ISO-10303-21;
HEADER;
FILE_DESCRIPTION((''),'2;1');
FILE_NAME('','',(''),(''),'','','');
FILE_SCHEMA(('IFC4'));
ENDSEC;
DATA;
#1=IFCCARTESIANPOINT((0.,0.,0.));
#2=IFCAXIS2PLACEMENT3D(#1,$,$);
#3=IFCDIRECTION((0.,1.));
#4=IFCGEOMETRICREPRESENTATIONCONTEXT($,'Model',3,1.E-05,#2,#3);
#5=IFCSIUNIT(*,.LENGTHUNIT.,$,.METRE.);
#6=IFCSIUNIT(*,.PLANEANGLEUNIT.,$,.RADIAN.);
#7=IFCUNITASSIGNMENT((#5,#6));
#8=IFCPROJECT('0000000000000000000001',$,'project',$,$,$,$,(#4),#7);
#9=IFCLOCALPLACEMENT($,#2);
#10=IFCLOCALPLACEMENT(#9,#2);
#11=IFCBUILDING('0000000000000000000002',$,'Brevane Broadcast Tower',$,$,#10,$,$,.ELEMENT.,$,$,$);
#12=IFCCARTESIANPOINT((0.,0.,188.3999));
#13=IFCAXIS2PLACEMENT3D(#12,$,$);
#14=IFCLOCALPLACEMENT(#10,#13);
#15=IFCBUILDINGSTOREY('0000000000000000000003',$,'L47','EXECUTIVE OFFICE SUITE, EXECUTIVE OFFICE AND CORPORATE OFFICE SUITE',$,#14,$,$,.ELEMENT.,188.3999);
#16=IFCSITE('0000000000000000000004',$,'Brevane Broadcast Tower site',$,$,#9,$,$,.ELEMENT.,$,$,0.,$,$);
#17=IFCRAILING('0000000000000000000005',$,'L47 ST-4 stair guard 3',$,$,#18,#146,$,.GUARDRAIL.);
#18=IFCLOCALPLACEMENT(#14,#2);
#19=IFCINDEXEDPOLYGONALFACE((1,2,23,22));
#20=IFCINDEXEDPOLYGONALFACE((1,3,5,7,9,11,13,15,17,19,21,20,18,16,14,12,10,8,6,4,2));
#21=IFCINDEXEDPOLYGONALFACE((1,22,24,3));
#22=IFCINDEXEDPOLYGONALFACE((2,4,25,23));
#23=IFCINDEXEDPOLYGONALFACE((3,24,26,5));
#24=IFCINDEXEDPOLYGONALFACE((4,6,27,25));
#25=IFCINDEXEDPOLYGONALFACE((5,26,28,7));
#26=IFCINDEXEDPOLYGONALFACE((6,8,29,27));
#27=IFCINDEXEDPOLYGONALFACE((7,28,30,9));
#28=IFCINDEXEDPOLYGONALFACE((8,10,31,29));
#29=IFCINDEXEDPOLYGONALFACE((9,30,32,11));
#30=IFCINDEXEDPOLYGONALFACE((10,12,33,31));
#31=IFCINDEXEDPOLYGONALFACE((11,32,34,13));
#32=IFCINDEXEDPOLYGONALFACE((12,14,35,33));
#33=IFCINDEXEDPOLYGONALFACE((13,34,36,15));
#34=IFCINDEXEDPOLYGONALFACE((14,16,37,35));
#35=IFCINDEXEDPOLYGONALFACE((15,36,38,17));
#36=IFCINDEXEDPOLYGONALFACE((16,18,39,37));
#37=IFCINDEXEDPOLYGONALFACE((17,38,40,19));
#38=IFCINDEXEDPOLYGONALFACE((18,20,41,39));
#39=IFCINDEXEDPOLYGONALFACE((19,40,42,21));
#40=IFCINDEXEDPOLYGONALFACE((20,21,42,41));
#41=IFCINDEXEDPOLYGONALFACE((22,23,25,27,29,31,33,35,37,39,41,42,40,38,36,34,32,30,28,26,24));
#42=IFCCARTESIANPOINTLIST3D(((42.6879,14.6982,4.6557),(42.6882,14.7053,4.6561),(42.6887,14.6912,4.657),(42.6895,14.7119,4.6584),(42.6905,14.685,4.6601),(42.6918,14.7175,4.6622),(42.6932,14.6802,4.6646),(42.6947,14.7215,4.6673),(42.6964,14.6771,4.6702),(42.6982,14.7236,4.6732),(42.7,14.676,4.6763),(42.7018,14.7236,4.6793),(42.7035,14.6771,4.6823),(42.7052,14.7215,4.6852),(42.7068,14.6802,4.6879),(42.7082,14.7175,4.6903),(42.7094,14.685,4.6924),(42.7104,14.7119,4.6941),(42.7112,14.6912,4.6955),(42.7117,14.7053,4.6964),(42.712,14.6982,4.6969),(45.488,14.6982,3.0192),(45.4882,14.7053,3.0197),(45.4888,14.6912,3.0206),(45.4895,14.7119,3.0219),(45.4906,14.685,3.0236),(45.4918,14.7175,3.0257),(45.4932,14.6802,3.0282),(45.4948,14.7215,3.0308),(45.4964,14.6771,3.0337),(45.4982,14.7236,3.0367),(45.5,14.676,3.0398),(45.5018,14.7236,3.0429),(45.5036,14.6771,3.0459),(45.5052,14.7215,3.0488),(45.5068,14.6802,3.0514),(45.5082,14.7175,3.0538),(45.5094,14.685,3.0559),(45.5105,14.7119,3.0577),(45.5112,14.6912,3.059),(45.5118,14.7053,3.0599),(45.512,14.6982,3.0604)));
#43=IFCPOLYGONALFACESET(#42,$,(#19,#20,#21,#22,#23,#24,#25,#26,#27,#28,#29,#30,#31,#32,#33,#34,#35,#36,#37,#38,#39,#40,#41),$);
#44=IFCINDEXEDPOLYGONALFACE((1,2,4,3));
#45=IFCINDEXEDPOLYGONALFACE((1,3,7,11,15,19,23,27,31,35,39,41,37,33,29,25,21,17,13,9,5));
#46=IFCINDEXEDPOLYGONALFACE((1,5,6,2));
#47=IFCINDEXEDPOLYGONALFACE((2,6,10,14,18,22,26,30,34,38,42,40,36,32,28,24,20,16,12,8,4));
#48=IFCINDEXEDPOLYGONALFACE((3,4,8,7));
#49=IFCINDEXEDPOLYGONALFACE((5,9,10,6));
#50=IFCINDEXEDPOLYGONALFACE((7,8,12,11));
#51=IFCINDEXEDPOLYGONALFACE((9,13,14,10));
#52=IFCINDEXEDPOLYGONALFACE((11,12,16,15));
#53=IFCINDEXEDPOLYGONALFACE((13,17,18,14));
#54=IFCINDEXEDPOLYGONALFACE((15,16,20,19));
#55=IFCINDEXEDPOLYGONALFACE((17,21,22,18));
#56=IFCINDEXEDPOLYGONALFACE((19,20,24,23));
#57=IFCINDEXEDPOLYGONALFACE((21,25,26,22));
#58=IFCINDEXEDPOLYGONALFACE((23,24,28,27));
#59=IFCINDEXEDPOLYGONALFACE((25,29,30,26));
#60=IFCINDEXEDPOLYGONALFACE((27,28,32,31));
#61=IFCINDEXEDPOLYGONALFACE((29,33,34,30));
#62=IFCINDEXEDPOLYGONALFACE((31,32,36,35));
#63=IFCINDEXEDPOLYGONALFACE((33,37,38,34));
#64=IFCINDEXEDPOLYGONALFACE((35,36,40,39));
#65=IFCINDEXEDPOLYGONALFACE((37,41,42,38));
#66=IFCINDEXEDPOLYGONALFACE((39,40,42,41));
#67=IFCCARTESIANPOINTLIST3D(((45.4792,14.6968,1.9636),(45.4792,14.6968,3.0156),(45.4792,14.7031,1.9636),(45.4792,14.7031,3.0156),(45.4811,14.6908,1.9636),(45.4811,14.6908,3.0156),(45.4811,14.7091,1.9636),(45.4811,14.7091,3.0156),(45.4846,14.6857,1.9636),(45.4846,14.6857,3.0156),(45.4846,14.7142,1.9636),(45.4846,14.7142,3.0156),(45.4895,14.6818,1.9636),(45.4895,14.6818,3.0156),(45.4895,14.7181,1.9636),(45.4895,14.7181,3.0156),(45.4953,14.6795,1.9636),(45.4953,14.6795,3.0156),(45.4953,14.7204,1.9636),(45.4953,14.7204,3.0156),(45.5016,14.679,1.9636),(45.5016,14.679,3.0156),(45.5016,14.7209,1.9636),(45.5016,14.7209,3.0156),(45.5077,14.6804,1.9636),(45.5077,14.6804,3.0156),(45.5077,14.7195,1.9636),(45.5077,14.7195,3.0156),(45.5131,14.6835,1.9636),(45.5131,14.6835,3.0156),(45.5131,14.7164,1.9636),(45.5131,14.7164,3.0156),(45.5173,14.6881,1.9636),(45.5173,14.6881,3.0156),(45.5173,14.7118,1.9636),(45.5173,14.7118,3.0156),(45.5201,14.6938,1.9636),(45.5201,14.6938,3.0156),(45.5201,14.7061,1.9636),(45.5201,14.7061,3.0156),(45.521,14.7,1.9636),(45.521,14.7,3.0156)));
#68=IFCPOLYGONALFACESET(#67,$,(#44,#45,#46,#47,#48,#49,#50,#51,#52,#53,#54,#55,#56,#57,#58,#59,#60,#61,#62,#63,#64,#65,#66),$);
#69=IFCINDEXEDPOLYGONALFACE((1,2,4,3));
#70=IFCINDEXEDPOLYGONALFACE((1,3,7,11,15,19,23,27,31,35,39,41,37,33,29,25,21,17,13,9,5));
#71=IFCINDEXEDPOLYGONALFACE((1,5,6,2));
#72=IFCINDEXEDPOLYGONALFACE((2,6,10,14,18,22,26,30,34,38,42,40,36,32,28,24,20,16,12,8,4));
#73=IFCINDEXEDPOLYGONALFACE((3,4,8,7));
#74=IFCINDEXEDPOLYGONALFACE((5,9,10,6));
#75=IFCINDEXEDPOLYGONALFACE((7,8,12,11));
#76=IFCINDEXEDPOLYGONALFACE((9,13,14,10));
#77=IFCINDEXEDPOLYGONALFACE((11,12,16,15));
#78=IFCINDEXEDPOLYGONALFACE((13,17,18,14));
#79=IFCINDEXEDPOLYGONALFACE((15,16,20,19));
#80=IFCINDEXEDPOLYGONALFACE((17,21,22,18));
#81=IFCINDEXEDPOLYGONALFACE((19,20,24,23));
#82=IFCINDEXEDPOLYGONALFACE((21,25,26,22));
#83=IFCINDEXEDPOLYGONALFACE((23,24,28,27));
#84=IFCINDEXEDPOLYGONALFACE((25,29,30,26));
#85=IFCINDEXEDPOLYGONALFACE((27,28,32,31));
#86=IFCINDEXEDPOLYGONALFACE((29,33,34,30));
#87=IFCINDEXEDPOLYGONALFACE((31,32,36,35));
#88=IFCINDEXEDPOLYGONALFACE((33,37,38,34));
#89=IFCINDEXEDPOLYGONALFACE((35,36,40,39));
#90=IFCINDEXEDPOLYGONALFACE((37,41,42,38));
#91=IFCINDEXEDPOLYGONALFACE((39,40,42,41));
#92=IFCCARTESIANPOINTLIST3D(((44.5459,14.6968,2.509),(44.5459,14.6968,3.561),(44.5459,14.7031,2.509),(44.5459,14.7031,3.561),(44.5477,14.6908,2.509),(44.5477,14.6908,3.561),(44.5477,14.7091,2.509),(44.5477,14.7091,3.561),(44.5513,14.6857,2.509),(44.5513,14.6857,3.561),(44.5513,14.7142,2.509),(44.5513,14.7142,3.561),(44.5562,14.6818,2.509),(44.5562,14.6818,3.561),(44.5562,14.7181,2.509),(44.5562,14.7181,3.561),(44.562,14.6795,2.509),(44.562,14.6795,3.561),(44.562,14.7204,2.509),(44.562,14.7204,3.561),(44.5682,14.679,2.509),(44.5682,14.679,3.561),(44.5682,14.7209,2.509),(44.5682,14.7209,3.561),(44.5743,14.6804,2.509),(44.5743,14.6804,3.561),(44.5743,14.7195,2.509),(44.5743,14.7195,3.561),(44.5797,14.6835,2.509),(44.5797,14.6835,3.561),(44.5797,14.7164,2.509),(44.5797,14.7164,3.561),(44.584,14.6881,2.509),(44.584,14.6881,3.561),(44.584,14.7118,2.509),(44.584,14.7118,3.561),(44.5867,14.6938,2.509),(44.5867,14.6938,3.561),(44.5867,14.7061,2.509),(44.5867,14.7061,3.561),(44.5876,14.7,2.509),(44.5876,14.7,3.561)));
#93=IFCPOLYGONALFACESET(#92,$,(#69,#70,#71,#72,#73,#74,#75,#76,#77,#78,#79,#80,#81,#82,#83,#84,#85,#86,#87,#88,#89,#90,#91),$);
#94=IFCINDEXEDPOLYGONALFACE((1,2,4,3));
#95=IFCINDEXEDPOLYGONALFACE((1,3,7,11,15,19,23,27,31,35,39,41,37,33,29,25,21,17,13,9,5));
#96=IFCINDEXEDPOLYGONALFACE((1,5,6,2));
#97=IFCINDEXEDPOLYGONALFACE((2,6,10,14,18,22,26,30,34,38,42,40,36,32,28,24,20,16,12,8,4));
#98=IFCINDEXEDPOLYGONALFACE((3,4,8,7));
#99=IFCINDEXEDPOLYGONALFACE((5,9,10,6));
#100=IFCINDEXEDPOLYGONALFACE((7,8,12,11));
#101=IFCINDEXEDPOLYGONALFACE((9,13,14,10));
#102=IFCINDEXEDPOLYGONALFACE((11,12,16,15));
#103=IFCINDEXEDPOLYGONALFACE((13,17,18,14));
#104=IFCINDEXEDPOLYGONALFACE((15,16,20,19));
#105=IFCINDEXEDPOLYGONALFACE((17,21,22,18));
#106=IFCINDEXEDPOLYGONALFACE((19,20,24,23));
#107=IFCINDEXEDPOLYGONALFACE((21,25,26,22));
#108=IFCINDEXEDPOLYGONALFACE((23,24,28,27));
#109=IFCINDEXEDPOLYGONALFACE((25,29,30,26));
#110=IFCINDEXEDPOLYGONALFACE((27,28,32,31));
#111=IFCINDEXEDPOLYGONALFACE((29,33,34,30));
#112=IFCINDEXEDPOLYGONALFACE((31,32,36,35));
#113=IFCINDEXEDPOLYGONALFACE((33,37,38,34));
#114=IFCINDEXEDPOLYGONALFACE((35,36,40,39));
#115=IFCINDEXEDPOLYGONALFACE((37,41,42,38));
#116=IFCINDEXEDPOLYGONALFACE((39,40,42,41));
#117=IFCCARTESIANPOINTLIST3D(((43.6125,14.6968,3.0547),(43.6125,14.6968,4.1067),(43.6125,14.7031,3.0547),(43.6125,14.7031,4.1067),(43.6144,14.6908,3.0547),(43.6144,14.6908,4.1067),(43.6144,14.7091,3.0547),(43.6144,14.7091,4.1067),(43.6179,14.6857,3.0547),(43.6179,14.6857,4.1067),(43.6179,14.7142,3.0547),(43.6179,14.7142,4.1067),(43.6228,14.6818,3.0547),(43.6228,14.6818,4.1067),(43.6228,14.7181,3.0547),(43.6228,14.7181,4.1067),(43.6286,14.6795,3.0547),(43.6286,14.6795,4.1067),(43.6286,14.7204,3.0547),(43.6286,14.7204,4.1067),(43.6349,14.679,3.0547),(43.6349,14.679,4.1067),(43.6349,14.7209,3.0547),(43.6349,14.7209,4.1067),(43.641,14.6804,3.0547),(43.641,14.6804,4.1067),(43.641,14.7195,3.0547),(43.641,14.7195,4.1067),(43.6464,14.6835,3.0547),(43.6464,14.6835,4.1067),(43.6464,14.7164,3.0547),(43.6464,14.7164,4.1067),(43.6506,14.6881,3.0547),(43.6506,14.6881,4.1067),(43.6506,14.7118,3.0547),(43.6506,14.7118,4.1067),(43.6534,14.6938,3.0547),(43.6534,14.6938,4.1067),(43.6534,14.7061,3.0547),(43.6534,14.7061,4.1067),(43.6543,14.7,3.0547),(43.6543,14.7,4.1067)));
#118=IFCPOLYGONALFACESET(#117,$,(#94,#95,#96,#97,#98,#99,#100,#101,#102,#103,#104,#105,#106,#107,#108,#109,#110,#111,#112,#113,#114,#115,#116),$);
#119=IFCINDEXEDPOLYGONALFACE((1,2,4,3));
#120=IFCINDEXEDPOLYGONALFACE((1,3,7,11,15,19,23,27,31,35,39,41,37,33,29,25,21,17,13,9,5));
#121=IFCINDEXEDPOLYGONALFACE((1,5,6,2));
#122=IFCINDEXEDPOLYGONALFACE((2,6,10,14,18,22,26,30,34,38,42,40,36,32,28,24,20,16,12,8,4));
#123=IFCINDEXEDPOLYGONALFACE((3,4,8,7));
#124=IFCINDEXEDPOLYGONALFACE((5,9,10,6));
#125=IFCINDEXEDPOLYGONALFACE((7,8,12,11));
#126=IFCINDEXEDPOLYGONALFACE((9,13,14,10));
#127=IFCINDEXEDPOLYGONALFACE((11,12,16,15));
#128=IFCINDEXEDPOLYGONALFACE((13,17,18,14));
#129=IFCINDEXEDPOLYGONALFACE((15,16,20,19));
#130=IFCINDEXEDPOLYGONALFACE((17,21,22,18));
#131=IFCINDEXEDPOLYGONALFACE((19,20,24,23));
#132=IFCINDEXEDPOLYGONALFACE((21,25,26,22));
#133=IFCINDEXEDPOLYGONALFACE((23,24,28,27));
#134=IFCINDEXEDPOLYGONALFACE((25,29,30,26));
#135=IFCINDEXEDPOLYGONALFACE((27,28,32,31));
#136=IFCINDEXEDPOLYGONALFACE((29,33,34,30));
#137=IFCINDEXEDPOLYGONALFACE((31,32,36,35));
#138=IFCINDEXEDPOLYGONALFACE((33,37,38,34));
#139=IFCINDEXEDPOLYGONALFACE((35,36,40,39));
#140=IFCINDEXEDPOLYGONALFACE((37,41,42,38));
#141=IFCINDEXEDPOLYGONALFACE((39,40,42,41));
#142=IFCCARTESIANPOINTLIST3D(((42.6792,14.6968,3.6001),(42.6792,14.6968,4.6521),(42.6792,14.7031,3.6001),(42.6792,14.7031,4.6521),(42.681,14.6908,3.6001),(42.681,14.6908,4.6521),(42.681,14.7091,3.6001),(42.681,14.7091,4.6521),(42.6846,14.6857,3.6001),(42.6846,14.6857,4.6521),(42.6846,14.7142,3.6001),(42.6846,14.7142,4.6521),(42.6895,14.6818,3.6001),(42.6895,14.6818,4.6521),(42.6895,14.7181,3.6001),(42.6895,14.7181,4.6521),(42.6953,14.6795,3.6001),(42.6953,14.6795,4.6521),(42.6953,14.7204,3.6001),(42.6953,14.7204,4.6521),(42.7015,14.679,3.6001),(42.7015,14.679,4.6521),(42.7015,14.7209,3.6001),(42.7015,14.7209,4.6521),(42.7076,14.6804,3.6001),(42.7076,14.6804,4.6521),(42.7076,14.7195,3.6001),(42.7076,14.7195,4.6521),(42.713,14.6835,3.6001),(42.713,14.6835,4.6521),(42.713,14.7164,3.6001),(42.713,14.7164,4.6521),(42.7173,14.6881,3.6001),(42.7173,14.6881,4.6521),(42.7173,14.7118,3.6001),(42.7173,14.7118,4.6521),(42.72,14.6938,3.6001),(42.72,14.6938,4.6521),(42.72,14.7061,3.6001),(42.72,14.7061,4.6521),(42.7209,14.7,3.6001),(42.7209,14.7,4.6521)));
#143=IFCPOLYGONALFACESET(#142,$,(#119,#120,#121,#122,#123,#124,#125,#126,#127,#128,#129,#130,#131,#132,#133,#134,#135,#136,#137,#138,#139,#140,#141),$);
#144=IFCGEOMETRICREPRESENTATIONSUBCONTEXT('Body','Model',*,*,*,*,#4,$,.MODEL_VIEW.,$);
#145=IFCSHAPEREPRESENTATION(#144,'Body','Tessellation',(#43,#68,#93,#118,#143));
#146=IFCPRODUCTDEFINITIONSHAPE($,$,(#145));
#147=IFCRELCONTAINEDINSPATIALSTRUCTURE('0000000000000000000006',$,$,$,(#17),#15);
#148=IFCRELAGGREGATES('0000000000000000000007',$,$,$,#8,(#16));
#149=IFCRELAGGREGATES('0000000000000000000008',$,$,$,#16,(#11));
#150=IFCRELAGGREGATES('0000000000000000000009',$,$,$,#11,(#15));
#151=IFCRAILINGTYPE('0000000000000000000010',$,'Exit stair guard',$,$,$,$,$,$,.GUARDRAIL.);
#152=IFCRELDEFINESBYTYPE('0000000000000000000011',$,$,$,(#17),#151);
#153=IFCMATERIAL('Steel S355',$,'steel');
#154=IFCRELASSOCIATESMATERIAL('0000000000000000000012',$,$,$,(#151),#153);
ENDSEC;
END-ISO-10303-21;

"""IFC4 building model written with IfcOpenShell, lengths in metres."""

from ifc_helpers import new_model, si_unit, direction, frame, origin, origin_2d, place, context, subcontext, project, spatial, circle, extrude, material, type_object, element, save


model = new_model("IFC4")

# Units and contexts
model_context = context("Model", 3, precision=1e-05, world=origin(), true_north=direction((0.0, 1.0)))
body_context = subcontext(model_context, "Body", "Model", "MODEL_VIEW")
ifc_project = project(units=[si_unit("LENGTHUNIT", "METRE"), si_unit("PLANEANGLEUNIT", "RADIAN")], contexts=[model_context])

# Site, building, storey
site_placement = place(None, origin())
site = spatial("IfcSite", under=ifc_project, at=site_placement, Name="Brevane Broadcast Tower site", CompositionType="ELEMENT", RefElevation=0.0)
building_placement = place(site_placement, origin())
building = spatial("IfcBuilding", under=site, at=building_placement, Name="Brevane Broadcast Tower", CompositionType="ELEMENT")
storey_placement = place(building_placement, frame((0.0, 0.0, 188.3999)))
storey = spatial("IfcBuildingStorey", under=building, at=storey_placement, Name="L47", Description="EXECUTIVE OFFICE SUITE, EXECUTIVE OFFICE AND CORPORATE OFFICE SUITE", CompositionType="ELEMENT", Elevation=188.3999)

# Railing
ifc_material_1 = material(Name="Steel S355", Category="steel")
railing_type_1 = type_object("IfcRailingType", Name="Exit stair guard", PredefinedType="GUARDRAIL", material=ifc_material_1)
railing_1_placement = place(storey_placement, frame((45.5, 14.7, 1.9636)))
element("IfcRailing", 1, at=railing_1_placement, inside=storey, type_object=railing_type_1, Name="L47 ST-4 stair guard 3", PredefinedType="GUARDRAIL", context=body_context, shape_type="SweptSolid", body=[
    extrude(circle(Radius=0.0239, at=origin_2d()), frame((0.0, 0.0, 1.0762), z_axis=(-0.863361, 0.0, 0.504587), x_axis=(0.0, -1.0, 0.0)), (0.0, 0.0, 1.0), 3.2432),
    extrude(circle(Radius=0.021, at=origin_2d()), origin(), (0.0, 0.0, 1.0), 1.052),
    extrude(circle(Radius=0.021, at=origin_2d()), frame((-0.9333, 0.0, 0.5454)), (0.0, 0.0, 1.0), 1.052),
    extrude(circle(Radius=0.021, at=origin_2d()), frame((-1.8667, 0.0, 1.0911)), (0.0, 0.0, 1.0), 1.052),
    extrude(circle(Radius=0.021, at=origin_2d()), frame((-2.8, 0.0, 1.6365)), (0.0, 0.0, 1.0), 1.052),
])

save(model, "model.ifc")
